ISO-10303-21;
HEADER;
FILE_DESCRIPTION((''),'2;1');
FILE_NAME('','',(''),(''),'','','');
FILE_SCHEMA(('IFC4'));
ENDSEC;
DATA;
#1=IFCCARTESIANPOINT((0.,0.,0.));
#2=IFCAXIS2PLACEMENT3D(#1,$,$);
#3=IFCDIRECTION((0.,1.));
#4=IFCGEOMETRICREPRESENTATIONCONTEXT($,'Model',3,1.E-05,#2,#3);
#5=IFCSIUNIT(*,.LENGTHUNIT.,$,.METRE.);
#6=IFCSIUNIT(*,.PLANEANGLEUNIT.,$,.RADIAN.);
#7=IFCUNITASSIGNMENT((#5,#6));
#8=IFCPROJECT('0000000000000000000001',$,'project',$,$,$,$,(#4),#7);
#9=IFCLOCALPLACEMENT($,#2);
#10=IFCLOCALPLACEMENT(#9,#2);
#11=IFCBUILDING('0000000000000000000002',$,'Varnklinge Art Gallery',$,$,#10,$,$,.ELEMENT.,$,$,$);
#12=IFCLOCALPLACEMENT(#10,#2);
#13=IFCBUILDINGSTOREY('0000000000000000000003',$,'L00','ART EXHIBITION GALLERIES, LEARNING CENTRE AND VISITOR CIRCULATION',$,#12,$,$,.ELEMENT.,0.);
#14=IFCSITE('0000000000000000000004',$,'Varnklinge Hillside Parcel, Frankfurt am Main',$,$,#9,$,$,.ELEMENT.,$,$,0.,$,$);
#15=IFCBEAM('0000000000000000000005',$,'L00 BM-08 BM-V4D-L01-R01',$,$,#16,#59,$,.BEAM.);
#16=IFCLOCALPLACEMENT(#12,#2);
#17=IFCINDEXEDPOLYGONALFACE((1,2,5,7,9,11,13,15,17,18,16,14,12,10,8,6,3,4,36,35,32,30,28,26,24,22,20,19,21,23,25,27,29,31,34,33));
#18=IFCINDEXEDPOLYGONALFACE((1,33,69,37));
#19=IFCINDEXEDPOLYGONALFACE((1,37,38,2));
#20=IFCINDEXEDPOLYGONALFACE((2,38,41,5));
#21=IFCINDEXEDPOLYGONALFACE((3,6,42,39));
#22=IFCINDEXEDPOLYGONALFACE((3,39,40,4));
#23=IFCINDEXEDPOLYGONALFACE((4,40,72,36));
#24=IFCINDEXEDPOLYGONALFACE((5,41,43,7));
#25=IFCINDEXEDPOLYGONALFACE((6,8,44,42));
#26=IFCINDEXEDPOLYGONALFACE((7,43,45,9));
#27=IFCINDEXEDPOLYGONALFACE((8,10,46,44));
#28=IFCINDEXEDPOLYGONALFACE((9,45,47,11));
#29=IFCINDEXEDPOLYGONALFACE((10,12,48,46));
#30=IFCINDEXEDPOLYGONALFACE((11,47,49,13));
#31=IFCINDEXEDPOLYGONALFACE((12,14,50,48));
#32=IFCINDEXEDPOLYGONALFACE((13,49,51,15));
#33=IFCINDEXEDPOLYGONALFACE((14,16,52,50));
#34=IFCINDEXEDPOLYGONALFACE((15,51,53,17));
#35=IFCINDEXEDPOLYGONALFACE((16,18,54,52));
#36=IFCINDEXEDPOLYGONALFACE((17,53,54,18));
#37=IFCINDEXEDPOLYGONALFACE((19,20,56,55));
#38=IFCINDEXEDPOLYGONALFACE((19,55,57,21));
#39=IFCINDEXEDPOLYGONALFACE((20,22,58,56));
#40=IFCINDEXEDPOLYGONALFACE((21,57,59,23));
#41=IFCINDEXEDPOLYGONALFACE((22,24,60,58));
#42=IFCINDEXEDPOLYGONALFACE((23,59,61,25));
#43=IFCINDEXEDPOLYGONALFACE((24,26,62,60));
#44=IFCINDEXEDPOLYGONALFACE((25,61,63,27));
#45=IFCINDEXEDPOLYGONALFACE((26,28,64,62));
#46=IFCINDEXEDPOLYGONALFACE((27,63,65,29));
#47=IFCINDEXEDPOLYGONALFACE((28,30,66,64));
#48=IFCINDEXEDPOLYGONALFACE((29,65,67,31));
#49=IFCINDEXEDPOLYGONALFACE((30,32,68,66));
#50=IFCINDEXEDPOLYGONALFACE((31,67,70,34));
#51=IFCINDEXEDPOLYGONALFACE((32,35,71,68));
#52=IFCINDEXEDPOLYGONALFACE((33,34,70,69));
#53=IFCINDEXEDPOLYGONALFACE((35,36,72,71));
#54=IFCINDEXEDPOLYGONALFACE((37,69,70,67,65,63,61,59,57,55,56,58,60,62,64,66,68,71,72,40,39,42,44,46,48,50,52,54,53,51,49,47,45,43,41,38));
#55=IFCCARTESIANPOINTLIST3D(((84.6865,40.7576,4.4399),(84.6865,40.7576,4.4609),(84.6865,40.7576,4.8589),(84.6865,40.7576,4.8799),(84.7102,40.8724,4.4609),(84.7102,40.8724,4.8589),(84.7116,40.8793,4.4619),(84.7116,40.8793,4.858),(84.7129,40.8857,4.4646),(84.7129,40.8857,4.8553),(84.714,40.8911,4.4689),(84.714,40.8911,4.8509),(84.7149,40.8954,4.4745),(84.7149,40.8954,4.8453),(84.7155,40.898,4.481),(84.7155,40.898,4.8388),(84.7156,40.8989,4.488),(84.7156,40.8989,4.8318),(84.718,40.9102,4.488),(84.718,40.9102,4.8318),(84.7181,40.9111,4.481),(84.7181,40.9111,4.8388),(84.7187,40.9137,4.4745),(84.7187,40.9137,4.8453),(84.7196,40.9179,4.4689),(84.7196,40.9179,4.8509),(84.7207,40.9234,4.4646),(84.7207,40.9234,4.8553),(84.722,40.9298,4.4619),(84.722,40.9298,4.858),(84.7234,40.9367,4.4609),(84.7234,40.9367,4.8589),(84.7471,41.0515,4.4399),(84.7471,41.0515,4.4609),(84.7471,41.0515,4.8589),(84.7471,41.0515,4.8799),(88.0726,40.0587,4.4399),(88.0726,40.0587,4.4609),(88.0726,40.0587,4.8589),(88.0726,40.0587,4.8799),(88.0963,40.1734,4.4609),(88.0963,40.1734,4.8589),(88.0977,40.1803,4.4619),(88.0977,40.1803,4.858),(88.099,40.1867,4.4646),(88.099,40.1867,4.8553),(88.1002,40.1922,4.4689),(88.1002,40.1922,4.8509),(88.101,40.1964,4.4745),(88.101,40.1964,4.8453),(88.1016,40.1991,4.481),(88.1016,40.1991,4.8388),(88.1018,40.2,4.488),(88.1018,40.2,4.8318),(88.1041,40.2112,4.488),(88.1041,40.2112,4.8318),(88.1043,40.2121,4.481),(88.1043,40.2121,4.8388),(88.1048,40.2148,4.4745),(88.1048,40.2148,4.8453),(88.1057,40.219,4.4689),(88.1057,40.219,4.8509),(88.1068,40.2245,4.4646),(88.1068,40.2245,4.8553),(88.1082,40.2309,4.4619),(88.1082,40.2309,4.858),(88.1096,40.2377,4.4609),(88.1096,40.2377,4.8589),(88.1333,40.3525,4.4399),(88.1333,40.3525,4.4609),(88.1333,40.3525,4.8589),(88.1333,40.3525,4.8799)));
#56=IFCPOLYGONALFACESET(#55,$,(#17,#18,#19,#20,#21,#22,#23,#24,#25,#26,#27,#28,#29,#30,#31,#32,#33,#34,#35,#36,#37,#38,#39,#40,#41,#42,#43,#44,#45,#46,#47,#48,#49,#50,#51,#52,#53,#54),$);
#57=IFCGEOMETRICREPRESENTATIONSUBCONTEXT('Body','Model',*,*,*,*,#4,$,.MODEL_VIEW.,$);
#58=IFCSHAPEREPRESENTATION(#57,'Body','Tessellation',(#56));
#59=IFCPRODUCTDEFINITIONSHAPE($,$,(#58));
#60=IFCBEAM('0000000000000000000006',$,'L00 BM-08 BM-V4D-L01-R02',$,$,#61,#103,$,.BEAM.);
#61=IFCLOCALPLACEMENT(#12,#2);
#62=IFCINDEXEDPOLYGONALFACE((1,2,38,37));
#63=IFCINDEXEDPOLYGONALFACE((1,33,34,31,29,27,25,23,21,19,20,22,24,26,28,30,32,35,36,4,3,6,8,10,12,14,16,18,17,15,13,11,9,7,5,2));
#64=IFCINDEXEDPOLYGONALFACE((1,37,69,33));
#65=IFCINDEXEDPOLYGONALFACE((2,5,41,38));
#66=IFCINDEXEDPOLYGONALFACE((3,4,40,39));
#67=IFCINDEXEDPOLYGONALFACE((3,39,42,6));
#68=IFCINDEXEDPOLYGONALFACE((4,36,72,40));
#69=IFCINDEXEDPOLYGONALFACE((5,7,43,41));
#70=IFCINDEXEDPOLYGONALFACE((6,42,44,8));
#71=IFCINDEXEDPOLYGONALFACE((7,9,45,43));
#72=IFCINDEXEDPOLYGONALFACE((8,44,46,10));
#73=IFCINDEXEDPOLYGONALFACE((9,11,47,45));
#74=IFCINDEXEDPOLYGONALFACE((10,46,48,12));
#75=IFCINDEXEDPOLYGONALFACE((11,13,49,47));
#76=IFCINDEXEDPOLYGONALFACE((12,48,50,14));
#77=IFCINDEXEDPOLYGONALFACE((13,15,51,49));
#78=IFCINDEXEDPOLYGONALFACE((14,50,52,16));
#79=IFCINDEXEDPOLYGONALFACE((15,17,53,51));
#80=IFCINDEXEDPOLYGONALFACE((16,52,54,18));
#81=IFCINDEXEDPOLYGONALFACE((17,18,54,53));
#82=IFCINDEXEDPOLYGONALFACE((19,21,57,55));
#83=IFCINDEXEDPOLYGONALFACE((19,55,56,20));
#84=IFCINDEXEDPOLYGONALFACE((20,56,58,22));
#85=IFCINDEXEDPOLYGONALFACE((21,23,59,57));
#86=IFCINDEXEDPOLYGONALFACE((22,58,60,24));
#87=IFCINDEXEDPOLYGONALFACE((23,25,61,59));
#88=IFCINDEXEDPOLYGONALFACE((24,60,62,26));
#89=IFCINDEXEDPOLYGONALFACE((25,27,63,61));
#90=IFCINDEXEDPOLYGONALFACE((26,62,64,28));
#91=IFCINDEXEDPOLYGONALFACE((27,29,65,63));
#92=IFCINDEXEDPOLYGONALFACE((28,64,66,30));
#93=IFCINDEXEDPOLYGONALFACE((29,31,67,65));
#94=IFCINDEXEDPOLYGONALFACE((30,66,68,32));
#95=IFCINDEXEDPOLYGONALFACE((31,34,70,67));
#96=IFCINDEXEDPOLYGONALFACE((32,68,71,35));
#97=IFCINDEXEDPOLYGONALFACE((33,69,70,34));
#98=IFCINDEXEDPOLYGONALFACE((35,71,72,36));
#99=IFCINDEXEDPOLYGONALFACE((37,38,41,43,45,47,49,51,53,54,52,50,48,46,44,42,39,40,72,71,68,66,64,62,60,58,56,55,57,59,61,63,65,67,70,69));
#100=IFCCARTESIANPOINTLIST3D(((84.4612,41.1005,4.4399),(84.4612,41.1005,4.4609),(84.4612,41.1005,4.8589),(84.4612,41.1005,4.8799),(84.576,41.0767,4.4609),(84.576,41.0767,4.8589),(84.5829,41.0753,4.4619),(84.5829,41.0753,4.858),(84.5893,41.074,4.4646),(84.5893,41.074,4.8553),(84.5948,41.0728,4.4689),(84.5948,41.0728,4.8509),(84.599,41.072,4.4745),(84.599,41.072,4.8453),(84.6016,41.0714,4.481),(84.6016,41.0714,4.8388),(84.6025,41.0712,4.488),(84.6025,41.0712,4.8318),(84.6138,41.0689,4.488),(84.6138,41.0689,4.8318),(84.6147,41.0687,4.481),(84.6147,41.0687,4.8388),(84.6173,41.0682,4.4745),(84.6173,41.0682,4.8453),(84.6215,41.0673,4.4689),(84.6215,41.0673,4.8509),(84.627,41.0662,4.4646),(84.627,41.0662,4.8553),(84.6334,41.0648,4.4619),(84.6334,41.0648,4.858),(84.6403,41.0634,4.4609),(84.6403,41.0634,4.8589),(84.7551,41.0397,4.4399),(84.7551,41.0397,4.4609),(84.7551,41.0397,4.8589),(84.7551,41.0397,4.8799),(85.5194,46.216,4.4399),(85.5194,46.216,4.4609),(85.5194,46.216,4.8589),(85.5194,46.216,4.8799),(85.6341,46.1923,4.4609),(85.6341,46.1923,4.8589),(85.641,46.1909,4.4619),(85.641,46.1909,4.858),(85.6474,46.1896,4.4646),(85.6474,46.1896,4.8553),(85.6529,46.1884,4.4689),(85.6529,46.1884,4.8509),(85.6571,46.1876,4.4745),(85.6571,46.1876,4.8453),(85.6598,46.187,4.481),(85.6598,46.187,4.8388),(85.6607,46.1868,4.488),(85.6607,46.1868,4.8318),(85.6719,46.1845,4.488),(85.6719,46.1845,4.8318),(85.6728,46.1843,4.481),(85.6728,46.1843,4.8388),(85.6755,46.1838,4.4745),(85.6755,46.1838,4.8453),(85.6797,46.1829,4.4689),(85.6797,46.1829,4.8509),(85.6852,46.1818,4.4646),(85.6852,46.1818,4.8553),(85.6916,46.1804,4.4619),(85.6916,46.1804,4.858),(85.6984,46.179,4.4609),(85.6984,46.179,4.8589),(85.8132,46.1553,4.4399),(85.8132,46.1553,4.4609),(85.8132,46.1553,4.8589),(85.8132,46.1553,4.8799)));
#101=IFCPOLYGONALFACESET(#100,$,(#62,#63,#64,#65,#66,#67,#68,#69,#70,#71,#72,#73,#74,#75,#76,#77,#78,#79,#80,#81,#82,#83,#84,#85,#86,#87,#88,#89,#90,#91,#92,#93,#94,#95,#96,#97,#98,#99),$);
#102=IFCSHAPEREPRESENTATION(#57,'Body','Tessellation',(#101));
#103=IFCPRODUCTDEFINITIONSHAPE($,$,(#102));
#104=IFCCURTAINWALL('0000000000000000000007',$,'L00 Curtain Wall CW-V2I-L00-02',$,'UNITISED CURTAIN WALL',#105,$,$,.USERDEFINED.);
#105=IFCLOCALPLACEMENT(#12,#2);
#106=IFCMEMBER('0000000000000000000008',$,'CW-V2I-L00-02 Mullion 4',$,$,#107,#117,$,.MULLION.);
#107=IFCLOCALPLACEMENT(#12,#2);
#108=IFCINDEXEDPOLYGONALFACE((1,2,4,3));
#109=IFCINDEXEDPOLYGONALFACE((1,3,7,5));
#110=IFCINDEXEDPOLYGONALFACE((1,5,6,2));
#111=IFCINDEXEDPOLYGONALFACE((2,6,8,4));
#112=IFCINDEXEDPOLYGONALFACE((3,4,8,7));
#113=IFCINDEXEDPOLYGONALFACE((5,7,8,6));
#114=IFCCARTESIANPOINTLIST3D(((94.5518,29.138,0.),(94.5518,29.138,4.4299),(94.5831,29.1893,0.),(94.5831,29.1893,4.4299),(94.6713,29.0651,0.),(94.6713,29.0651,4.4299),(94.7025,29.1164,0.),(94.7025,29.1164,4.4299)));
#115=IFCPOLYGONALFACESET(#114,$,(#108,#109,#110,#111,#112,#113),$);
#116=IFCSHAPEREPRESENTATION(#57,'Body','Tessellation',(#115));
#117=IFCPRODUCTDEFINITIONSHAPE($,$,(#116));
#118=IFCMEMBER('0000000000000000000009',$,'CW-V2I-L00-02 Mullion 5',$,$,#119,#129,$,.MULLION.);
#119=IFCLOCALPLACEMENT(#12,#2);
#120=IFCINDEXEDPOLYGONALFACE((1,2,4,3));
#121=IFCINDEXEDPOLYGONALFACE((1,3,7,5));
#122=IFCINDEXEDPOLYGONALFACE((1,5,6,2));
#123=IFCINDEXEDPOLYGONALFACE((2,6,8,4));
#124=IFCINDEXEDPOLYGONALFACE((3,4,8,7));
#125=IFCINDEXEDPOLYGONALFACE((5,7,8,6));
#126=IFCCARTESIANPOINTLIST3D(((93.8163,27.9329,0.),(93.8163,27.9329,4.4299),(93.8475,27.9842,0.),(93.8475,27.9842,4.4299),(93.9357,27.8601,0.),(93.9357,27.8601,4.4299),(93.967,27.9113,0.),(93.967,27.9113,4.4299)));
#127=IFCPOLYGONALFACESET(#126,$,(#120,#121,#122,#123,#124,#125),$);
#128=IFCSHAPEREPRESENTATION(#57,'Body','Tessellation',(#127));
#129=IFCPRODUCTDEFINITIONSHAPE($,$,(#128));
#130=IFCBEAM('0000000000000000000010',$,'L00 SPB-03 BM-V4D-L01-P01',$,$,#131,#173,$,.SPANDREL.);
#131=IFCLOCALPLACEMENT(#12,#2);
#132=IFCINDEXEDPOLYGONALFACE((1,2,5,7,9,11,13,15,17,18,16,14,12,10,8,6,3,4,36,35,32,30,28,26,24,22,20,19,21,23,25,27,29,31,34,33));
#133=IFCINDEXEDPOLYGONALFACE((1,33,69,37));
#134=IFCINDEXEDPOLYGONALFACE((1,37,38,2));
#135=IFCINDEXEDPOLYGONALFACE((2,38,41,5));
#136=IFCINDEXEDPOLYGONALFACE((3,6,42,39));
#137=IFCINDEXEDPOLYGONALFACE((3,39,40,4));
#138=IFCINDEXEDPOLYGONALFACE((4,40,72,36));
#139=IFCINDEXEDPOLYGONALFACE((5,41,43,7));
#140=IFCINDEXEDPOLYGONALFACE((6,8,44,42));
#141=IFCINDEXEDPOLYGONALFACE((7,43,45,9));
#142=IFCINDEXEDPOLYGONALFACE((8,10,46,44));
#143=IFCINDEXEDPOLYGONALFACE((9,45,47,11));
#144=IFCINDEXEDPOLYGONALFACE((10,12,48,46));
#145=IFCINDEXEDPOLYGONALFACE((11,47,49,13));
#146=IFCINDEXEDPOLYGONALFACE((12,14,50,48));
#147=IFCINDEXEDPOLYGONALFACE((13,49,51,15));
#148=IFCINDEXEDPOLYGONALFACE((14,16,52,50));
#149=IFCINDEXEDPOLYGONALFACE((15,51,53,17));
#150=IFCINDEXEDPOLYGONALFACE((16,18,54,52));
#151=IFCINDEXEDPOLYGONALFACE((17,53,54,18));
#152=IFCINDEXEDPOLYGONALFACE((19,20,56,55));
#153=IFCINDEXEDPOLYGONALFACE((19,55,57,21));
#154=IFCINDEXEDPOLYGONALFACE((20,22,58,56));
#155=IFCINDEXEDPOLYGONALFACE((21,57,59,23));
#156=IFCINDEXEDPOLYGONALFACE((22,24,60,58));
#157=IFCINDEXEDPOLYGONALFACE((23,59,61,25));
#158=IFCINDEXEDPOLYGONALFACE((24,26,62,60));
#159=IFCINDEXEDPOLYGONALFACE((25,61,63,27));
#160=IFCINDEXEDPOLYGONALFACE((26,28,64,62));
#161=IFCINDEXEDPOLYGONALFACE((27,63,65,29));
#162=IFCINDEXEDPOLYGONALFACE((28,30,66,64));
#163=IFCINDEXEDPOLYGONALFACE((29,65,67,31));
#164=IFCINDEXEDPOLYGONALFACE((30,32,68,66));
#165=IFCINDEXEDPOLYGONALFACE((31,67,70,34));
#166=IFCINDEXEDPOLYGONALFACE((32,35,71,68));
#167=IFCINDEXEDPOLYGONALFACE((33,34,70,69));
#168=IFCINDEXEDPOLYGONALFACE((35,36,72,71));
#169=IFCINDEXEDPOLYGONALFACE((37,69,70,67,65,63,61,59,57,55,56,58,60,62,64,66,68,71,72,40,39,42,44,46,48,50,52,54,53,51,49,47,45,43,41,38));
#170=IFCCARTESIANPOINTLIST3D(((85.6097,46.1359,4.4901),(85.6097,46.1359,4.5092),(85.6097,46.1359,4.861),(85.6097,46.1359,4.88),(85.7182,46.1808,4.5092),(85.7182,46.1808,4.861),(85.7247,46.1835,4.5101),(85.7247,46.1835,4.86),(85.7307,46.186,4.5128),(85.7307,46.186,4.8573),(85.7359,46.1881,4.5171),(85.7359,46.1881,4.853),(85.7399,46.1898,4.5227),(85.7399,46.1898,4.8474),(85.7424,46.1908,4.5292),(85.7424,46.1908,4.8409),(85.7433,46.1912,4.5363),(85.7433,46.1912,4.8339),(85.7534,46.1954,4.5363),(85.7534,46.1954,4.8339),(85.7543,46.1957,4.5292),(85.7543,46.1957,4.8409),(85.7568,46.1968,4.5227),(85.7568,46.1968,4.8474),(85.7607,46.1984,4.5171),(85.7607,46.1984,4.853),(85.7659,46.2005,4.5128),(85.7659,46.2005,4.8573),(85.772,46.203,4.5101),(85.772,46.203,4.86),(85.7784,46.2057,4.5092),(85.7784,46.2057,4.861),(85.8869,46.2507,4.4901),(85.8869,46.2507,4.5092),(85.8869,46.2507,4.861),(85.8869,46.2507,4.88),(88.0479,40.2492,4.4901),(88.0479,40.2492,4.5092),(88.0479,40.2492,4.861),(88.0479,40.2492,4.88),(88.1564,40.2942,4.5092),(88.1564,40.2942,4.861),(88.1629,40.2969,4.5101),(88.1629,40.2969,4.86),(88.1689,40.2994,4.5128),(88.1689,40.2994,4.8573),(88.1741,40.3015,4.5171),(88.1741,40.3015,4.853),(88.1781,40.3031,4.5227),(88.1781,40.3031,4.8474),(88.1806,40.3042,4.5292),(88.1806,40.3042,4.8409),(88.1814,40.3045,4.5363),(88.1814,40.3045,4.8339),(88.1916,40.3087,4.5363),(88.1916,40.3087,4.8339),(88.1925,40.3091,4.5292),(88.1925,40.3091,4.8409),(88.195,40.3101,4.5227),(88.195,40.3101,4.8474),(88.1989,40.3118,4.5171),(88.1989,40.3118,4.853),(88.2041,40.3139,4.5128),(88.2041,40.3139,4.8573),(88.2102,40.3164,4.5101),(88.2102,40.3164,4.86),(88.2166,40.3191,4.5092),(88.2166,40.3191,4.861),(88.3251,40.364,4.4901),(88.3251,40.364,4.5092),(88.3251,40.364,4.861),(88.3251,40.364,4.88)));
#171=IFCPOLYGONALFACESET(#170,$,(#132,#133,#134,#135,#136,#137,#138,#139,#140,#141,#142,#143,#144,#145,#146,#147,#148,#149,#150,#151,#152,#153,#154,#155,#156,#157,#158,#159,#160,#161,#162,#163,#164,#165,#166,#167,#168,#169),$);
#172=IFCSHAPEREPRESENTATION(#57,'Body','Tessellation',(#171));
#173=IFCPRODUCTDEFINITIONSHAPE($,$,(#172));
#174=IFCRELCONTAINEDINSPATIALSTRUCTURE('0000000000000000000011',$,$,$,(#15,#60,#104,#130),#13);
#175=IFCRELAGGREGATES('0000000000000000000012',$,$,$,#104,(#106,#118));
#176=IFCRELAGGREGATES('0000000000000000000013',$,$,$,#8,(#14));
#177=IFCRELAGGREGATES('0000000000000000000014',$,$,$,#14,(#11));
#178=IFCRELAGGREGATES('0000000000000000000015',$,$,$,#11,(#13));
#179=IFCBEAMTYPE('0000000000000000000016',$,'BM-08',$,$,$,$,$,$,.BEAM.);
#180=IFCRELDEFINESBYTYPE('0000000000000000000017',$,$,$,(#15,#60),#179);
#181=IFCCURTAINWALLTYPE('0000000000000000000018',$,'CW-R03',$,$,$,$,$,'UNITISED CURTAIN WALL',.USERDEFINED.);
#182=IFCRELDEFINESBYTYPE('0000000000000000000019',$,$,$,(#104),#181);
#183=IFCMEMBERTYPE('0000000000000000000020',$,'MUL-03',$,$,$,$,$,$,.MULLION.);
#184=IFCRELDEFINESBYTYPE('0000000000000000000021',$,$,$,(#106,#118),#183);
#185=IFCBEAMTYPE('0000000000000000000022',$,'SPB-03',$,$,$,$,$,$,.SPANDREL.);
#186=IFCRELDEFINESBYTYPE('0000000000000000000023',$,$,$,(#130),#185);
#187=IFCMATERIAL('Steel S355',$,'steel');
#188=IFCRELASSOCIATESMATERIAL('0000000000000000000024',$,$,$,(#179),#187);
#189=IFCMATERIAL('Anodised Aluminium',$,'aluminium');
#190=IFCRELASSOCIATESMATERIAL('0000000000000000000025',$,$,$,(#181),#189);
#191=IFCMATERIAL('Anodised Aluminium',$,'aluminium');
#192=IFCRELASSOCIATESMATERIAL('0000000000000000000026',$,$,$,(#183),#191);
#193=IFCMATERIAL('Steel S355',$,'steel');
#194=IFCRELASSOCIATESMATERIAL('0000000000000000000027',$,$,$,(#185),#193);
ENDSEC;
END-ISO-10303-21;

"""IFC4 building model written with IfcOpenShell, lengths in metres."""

from ifc_helpers import new_model, si_unit, direction, frame, origin, origin_2d, place, context, subcontext, project, spatial, rectangle, i_section, extrude, material, material_profile, profile_set, type_object, element, aggregate, save


model = new_model("IFC4")

# Units and contexts
model_context = context("Model", 3, precision=1e-05, world=origin(), true_north=direction((0.0, 1.0)))
body_context = subcontext(model_context, "Body", "Model", "MODEL_VIEW")
ifc_project = project(units=[si_unit("LENGTHUNIT", "METRE"), si_unit("PLANEANGLEUNIT", "RADIAN")], contexts=[model_context])

# Site, building, storey
site_placement = place(None, origin())
site = spatial("IfcSite", under=ifc_project, at=site_placement, Name="Varnklinge Hillside Parcel, Frankfurt am Main", CompositionType="ELEMENT", RefElevation=0.0)
building_placement = place(site_placement, origin())
building = spatial("IfcBuilding", under=site, at=building_placement, Name="Varnklinge Art Gallery", CompositionType="ELEMENT")
storey_placement = place(building_placement, origin())
storey = spatial("IfcBuildingStorey", under=building, at=storey_placement, Name="L00", Description="ART EXHIBITION GALLERIES, LEARNING CENTRE AND VISITOR CIRCULATION", CompositionType="ELEMENT", Elevation=0.0)

# Beams
ifc_material_1 = material(Name="Steel S355", Category="steel")
ifc_material_profile_1 = material_profile(ifc_material_1, i_section(OverallWidth=0.3, OverallDepth=0.4399, WebThickness=0.0115, FlangeThickness=0.021, FilletRadius=0.0271, at=origin_2d()), Name="HEA 450")
ifc_profile_set_1 = profile_set([ifc_material_profile_1], Name="Steel S355")
beam_type_1 = type_object("IfcBeamType", Name="BM-08", PredefinedType="BEAM", material=ifc_profile_set_1)
beam_1_placement = place(storey_placement, frame((84.7168, 40.9045, 4.6599), z_axis=(0.979354, -0.202155, 0.0), x_axis=(0.202155, 0.979354, 0.0)))
element("IfcBeam", 1, at=beam_1_placement, inside=storey, type_object=beam_type_1, Name="L00 BM-08 BM-V4D-L01-R01", PredefinedType="BEAM", context=body_context, shape_type="SweptSolid", body=[
    extrude(i_section(OverallWidth=0.3, OverallDepth=0.4399, WebThickness=0.0115, FlangeThickness=0.021, FilletRadius=0.0271, at=origin_2d()), origin(), (0.0, 0.0, 1.0), 3.4575),
])
beam_2_placement = place(storey_placement, frame((84.6082, 41.0701, 4.6599), z_axis=(0.202556, 0.979271, 0.0), x_axis=(-0.979271, 0.202556, 0.0)))
element("IfcBeam", 2, at=beam_2_placement, inside=storey, type_object=beam_type_1, Name="L00 BM-08 BM-V4D-L01-R02", PredefinedType="BEAM", context=body_context, shape_type="SweptSolid", body=[
    extrude(i_section(OverallWidth=0.3, OverallDepth=0.4399, WebThickness=0.0115, FlangeThickness=0.021, FilletRadius=0.0271, at=origin_2d()), origin(), (0.0, 0.0, 1.0), 5.2239),
])

# Curtain wall, members
ifc_material_2 = material(Name="Anodised Aluminium", Category="aluminium")
curtain_wall_type = type_object("IfcCurtainWallType", Name="CW-R03", ElementType="UNITISED CURTAIN WALL", PredefinedType="USERDEFINED", material=ifc_material_2)
curtain_wall_1_placement = place(storey_placement, origin())
curtain_wall_1 = element("IfcCurtainWall", 3, at=curtain_wall_1_placement, inside=storey, type_object=curtain_wall_type, Name="L00 Curtain Wall CW-V2I-L00-02", ObjectType="UNITISED CURTAIN WALL", PredefinedType="USERDEFINED")
ifc_material_3 = material(Name="Anodised Aluminium", Category="aluminium")
ifc_material_profile_2 = material_profile(ifc_material_3, rectangle(XDim=0.0601, YDim=0.1399, at=origin_2d()), Name="ALU 60x140")
ifc_profile_set_2 = profile_set([ifc_material_profile_2], Name="Anodised Aluminium")
member_type_1 = type_object("IfcMemberType", Name="MUL-03", PredefinedType="MULLION", material=ifc_profile_set_2)
member_1_placement = place(storey_placement, frame((94.6272, 29.1272, 0.0), z_axis=(0.0, 0.0, 1.0), x_axis=(-0.520861, -0.853642, 0.0)))
member_1 = element("IfcMember", 4, at=member_1_placement, type_object=member_type_1, Name="CW-V2I-L00-02 Mullion 4", PredefinedType="MULLION", context=body_context, shape_type="SweptSolid", body=[
    extrude(rectangle(XDim=0.0601, YDim=0.1399, at=origin_2d()), origin(), (0.0, 0.0, 1.0), 4.4299),
])
member_2_placement = place(storey_placement, frame((93.8916, 27.9221, 0.0), z_axis=(0.0, 0.0, 1.0), x_axis=(-0.520861, -0.853642, 0.0)))
member_2 = element("IfcMember", 5, at=member_2_placement, type_object=member_type_1, Name="CW-V2I-L00-02 Mullion 5", PredefinedType="MULLION", context=body_context, shape_type="SweptSolid", body=[
    extrude(rectangle(XDim=0.0601, YDim=0.1399, at=origin_2d()), origin(), (0.0, 0.0, 1.0), 4.4299),
])

# Beam
ifc_material_4 = material(Name="Steel S355", Category="steel")
ifc_material_profile_3 = material_profile(ifc_material_4, i_section(OverallWidth=0.3, OverallDepth=0.3899, WebThickness=0.011, FlangeThickness=0.019, FilletRadius=0.0271, at=origin_2d()), Name="HEA 400")
ifc_profile_set_3 = profile_set([ifc_material_profile_3], Name="Steel S355")
beam_type_2 = type_object("IfcBeamType", Name="SPB-03", PredefinedType="SPANDREL", material=ifc_profile_set_3)
beam_3_placement = place(storey_placement, frame((88.1865, 40.3066, 4.6851), z_axis=(-0.382667, 0.923887, 0.0), x_axis=(-0.923887, -0.382667, 0.0)))
element("IfcBeam", 6, at=beam_3_placement, inside=storey, type_object=beam_type_2, Name="L00 SPB-03 BM-V4D-L01-P01", PredefinedType="SPANDREL", context=body_context, shape_type="SweptSolid", body=[
    extrude(i_section(OverallWidth=0.3, OverallDepth=0.3899, WebThickness=0.011, FlangeThickness=0.019, FilletRadius=0.0271, at=origin_2d()), origin(), (0.0, 0.0, 1.0), 6.3716),
])

aggregate(curtain_wall_1, [member_1, member_2])

save(model, "model.ifc")
